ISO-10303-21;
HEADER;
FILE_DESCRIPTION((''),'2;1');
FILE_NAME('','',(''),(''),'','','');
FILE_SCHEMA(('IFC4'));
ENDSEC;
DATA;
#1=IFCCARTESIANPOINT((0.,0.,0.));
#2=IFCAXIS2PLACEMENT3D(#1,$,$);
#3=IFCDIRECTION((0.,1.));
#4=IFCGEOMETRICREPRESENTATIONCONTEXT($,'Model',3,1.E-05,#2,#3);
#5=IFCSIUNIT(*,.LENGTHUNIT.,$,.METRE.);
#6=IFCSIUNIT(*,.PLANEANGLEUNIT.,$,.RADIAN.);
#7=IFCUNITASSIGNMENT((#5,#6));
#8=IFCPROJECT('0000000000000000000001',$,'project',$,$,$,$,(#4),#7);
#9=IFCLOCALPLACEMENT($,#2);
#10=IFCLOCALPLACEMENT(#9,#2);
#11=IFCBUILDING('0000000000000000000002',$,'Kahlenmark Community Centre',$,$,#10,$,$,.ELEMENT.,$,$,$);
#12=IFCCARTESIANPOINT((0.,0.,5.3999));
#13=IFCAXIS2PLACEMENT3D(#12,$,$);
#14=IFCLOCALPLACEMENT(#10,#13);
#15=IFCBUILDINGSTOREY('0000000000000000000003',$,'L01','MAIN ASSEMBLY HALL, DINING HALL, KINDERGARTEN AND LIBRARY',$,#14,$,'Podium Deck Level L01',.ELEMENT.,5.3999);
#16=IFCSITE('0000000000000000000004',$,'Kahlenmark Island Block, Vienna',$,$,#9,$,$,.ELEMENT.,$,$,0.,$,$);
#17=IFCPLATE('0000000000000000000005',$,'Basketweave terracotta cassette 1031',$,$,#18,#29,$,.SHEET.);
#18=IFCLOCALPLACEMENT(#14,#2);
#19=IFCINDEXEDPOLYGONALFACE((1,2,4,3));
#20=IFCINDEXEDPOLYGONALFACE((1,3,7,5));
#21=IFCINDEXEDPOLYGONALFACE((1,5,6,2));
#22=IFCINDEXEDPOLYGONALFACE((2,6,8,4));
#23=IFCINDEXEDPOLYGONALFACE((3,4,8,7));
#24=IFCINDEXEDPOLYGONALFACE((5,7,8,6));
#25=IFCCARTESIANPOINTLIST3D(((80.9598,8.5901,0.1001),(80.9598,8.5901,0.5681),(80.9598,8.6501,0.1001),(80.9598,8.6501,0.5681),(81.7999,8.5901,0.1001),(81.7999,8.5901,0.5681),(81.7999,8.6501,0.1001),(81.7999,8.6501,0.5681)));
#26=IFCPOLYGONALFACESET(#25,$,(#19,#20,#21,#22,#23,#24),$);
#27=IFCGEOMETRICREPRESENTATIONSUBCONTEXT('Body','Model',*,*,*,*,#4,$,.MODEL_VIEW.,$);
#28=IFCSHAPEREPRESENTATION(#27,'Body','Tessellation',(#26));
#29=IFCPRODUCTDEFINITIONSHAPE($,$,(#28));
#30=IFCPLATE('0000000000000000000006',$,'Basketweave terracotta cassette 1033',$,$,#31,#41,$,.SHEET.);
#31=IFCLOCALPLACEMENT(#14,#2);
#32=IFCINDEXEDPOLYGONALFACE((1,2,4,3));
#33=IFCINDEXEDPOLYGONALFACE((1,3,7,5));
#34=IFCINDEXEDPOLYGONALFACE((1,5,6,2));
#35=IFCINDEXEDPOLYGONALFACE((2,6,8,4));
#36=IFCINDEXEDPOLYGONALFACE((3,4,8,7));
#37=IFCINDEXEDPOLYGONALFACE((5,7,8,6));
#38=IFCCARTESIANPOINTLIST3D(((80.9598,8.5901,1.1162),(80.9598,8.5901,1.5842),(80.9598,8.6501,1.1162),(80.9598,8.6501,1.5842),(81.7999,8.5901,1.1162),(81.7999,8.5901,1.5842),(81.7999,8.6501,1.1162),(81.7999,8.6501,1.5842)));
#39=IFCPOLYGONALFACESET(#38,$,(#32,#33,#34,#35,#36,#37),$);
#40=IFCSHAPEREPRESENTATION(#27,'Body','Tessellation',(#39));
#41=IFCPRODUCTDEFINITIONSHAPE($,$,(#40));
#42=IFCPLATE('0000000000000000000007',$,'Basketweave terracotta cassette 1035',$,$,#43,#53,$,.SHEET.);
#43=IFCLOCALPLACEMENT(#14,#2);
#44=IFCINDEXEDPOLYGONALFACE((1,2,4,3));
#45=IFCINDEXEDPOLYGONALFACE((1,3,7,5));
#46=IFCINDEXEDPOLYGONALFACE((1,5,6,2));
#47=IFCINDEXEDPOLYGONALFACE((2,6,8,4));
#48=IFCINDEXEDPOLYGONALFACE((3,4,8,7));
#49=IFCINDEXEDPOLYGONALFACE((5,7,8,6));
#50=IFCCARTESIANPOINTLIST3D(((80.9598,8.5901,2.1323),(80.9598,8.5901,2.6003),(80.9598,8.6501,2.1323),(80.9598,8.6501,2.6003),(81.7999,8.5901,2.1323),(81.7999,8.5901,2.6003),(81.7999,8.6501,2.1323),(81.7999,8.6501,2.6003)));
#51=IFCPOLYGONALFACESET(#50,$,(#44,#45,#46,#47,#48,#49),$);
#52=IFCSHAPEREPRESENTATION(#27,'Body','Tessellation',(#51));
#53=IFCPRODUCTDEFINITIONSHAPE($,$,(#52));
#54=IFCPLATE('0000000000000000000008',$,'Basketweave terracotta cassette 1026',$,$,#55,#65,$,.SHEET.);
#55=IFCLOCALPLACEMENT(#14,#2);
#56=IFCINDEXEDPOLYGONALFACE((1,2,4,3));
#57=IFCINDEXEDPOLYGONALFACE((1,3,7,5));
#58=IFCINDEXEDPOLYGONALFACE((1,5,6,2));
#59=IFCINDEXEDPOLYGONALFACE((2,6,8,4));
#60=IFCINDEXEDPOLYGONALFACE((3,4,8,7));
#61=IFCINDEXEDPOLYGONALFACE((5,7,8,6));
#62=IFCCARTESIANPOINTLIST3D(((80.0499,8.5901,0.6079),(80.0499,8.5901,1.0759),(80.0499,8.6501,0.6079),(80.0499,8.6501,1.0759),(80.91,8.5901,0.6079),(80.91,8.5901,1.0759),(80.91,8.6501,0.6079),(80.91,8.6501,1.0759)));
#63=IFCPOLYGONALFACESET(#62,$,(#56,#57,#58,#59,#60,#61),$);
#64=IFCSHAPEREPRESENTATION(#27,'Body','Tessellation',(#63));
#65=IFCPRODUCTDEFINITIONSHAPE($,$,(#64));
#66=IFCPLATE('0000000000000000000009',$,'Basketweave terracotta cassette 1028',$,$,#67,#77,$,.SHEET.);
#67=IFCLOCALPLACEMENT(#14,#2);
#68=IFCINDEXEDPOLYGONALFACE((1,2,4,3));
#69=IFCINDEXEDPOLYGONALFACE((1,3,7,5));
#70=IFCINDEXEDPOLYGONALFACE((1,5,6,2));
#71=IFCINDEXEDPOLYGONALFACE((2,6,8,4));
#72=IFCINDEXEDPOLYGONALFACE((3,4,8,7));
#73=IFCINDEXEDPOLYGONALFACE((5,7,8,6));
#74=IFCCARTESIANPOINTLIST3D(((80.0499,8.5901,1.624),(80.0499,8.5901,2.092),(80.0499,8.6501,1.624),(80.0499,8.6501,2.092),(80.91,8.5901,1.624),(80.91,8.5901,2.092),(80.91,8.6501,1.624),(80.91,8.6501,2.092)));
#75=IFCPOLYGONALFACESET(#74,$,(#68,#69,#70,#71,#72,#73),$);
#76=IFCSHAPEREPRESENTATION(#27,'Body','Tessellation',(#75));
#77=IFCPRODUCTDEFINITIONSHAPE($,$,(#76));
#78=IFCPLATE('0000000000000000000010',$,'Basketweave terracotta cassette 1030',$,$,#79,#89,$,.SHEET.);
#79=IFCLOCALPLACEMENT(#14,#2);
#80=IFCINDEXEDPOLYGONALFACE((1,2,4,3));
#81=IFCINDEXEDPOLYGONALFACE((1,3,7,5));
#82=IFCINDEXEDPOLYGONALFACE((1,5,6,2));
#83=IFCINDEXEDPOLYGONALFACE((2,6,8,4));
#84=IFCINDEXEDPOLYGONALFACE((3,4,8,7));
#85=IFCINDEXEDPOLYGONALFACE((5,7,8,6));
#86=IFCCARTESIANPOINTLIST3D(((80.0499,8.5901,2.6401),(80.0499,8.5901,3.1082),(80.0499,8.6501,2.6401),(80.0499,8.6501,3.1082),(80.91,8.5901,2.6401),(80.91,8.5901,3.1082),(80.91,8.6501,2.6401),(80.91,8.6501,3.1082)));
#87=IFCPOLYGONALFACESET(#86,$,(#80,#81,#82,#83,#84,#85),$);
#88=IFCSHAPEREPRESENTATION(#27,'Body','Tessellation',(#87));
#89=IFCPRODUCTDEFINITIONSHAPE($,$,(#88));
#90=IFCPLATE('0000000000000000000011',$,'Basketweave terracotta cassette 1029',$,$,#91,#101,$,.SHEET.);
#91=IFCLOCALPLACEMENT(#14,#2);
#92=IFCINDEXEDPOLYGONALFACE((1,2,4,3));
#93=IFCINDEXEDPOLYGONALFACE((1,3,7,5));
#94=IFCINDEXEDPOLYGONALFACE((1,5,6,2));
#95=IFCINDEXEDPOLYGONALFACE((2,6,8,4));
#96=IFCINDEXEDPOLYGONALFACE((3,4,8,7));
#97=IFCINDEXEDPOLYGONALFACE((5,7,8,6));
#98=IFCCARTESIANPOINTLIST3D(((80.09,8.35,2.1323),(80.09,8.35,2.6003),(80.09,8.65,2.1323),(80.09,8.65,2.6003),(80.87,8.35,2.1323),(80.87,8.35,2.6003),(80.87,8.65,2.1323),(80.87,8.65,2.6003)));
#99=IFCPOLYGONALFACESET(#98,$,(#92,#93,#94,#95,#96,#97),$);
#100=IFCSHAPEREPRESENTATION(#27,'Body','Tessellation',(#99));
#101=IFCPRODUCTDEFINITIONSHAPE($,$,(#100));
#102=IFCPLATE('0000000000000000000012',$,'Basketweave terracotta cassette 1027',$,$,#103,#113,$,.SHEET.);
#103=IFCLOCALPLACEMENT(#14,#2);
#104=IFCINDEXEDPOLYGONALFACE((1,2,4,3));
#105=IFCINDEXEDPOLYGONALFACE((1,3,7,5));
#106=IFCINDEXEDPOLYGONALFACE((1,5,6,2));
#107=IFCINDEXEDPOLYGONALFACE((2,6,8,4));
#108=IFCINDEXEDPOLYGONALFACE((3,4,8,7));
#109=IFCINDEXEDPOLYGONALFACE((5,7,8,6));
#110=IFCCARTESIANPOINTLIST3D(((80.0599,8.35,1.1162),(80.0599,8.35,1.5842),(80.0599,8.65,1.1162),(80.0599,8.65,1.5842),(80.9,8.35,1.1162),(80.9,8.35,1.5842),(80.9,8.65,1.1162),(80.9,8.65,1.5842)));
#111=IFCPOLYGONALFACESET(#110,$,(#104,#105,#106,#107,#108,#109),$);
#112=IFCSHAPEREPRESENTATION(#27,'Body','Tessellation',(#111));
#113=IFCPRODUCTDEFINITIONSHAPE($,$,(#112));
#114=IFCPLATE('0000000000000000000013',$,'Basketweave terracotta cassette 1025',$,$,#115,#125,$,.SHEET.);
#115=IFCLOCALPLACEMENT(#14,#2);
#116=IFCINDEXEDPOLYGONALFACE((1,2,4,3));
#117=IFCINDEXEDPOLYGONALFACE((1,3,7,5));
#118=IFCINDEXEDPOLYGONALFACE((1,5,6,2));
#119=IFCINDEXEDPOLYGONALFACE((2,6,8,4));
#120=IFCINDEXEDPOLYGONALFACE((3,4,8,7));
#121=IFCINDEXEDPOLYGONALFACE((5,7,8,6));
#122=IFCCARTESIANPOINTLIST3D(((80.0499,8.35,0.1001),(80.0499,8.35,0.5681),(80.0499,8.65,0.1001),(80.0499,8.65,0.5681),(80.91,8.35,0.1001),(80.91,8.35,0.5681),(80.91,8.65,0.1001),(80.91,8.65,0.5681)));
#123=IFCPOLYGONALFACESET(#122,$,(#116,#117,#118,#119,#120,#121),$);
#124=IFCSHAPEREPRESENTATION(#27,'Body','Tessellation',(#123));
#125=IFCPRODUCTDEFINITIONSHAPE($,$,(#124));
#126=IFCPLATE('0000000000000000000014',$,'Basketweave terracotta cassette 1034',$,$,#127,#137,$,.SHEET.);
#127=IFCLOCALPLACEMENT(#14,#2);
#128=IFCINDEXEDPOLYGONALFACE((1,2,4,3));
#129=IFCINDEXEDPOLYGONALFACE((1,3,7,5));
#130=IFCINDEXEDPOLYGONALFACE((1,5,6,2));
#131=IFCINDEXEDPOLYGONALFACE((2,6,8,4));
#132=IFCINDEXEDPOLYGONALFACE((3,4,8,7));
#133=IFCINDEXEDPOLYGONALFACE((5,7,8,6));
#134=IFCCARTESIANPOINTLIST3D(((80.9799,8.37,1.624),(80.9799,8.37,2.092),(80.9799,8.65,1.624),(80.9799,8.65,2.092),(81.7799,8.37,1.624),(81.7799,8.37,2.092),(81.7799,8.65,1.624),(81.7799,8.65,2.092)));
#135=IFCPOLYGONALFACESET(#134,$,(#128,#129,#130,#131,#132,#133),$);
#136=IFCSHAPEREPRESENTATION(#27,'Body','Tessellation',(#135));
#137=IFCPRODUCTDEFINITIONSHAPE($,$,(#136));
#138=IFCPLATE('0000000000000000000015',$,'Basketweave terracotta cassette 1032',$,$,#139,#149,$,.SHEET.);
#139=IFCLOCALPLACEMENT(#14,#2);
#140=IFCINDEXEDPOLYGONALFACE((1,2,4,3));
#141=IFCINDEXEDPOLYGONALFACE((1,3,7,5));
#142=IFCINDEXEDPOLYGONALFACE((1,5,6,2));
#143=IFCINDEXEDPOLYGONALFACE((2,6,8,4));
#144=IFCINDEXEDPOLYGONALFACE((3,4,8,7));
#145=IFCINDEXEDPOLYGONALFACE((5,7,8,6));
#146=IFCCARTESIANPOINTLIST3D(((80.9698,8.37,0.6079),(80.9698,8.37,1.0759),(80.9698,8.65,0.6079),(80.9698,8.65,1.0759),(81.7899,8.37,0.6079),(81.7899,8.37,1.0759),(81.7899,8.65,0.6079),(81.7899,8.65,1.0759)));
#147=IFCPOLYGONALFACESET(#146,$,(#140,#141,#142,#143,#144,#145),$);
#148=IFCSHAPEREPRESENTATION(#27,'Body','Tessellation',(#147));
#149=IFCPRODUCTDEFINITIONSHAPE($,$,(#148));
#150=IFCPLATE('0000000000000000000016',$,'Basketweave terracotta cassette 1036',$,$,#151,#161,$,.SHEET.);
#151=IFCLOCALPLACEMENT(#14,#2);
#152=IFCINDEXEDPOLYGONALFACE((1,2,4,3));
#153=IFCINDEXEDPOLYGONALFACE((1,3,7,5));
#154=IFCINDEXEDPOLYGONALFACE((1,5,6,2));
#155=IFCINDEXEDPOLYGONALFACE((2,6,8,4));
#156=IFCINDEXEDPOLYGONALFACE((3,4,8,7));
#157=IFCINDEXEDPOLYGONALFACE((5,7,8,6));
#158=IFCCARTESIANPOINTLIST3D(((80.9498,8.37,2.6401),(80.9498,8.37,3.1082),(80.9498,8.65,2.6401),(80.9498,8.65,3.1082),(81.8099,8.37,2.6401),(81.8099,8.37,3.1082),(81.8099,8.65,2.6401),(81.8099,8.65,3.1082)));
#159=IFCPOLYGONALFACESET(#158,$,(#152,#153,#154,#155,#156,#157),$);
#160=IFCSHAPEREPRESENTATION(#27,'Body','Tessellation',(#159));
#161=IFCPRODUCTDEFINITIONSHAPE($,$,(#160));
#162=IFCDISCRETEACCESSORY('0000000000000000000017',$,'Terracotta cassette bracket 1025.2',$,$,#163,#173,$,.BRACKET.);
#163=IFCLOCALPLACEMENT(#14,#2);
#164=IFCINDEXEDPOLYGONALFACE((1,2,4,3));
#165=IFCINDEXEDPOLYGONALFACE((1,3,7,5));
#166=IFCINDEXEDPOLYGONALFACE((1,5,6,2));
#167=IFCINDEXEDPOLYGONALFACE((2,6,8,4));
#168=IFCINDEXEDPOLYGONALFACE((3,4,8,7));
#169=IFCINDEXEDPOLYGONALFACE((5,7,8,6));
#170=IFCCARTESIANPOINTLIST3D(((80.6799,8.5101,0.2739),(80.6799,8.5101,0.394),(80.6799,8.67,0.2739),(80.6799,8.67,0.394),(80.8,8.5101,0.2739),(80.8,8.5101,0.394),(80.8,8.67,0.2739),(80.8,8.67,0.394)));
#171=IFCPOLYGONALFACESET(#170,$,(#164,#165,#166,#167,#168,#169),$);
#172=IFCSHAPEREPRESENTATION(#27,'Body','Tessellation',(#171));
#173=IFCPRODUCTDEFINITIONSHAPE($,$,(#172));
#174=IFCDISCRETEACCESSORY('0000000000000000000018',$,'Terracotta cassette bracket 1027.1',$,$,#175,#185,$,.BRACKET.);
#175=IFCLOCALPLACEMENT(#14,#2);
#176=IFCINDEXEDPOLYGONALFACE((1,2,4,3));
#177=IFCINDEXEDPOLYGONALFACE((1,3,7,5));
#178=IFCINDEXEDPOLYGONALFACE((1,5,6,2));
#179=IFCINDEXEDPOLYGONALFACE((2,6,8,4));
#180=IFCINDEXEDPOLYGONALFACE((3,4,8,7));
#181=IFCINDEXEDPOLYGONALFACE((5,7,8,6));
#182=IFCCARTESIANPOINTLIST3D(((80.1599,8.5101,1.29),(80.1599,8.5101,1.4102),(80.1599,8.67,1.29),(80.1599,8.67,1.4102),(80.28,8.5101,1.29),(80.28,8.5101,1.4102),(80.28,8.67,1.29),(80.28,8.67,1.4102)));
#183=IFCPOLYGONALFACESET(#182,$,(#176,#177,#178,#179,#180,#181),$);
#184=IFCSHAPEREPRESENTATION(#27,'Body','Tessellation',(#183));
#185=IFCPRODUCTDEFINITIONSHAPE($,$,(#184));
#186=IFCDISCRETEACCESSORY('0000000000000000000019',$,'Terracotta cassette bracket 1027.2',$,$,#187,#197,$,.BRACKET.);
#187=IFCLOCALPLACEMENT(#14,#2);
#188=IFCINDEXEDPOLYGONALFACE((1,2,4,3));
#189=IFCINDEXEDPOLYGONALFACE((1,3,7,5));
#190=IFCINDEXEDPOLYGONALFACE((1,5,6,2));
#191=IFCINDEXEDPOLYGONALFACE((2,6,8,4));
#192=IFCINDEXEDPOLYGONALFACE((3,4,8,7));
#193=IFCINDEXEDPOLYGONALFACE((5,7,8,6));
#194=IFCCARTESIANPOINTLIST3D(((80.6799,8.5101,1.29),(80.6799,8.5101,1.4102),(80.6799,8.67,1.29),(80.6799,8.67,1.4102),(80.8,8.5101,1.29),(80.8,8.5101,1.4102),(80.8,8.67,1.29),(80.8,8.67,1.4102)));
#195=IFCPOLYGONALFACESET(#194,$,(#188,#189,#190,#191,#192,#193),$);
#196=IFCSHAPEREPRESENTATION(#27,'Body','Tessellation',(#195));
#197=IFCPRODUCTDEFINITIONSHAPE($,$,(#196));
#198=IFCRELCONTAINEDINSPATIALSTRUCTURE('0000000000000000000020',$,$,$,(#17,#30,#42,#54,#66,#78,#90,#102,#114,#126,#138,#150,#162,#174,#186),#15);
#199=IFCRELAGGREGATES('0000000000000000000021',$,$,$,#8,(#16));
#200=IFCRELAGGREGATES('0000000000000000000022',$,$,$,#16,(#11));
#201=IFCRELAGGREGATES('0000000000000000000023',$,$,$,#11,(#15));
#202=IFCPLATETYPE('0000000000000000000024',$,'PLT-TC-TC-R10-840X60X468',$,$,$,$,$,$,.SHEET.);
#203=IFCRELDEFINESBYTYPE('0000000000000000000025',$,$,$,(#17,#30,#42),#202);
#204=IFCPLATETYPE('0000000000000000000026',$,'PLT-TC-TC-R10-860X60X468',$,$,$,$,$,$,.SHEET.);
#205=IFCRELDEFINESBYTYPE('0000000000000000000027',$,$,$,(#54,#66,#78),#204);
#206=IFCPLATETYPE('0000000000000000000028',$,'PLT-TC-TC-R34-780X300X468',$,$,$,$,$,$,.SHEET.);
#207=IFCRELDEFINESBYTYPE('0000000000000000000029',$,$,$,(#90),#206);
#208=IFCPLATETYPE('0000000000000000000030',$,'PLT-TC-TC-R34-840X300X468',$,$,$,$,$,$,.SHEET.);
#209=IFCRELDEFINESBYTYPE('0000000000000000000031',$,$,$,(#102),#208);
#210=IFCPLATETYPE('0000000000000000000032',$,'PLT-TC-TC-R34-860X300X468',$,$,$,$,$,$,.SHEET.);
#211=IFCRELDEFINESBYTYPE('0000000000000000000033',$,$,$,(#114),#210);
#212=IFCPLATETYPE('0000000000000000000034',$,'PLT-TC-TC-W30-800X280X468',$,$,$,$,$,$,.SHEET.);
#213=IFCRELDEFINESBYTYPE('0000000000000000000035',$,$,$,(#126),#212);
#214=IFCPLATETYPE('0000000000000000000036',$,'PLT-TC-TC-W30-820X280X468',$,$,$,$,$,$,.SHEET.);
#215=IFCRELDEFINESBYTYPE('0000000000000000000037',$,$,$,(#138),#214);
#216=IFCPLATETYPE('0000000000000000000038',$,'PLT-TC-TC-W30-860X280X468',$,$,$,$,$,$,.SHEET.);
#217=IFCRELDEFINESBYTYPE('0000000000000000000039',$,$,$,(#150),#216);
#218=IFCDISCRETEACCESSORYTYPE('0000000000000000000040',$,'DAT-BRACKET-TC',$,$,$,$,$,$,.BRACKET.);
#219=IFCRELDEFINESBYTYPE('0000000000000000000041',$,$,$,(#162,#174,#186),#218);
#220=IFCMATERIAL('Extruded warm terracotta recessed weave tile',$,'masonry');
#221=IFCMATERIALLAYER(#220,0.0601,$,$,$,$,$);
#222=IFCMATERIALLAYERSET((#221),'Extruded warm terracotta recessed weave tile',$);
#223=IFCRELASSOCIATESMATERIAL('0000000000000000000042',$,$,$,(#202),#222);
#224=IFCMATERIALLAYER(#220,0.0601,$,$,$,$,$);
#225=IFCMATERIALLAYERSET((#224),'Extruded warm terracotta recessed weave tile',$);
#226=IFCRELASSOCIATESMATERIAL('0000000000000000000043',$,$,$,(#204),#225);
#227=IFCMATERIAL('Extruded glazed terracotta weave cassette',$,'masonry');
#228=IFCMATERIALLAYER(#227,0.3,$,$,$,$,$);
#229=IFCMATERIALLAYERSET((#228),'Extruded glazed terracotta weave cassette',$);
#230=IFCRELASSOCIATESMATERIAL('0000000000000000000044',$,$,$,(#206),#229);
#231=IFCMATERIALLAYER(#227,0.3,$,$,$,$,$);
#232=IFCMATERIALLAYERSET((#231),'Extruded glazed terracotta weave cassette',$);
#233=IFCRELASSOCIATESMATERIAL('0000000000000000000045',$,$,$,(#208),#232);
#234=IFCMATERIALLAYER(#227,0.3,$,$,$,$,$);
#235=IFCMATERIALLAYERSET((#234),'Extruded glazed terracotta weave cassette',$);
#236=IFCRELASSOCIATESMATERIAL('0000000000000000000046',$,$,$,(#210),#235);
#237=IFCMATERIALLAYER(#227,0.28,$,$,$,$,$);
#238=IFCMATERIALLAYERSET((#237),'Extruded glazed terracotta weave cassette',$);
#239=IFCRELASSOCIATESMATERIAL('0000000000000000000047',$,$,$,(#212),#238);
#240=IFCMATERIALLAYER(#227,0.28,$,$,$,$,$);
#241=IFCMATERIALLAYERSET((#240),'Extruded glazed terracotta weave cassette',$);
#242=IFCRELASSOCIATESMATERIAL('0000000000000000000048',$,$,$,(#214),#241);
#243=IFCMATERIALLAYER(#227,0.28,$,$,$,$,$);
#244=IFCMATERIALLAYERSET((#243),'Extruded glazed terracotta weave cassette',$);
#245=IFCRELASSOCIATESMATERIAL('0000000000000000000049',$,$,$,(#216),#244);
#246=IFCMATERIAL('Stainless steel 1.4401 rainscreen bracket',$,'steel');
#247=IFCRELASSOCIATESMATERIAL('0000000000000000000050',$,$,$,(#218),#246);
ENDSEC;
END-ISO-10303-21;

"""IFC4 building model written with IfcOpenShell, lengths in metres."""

from ifc_helpers import new_model, si_unit, direction, frame, origin, origin_2d, place, context, subcontext, project, spatial, rectangle, extrude, material, layer, layer_set, type_object, element, save


model = new_model("IFC4")

# Units and contexts
model_context = context("Model", 3, precision=1e-05, world=origin(), true_north=direction((0.0, 1.0)))
body_context = subcontext(model_context, "Body", "Model", "MODEL_VIEW")
ifc_project = project(units=[si_unit("LENGTHUNIT", "METRE"), si_unit("PLANEANGLEUNIT", "RADIAN")], contexts=[model_context])

# Site, building, storey
site_placement = place(None, origin())
site = spatial("IfcSite", under=ifc_project, at=site_placement, Name="Kahlenmark Island Block, Vienna", CompositionType="ELEMENT", RefElevation=0.0)
building_placement = place(site_placement, origin())
building = spatial("IfcBuilding", under=site, at=building_placement, Name="Kahlenmark Community Centre", CompositionType="ELEMENT")
storey_placement = place(building_placement, frame((0.0, 0.0, 5.3999)))
storey = spatial("IfcBuildingStorey", under=building, at=storey_placement, Name="L01", Description="MAIN ASSEMBLY HALL, DINING HALL, KINDERGARTEN AND LIBRARY", LongName="Podium Deck Level L01", CompositionType="ELEMENT", Elevation=5.3999)

# Plates
ifc_material_1 = material(Name="Extruded warm terracotta recessed weave tile", Category="masonry")
ifc_layer_1 = layer(ifc_material_1, 0.0601)
ifc_layer_set_1 = layer_set([ifc_layer_1], Name="Extruded warm terracotta recessed weave tile")
plate_type_1 = type_object("IfcPlateType", Name="PLT-TC-TC-R10-840X60X468", PredefinedType="SHEET", material=ifc_layer_set_1)
for number, where, z_axis, x_axis, name in (
    (1, (81.3799, 8.6201, 0.1001), (0.0, 0.0, 1.0), (1.0, 0.0, 0.0), "Basketweave terracotta cassette 1031"),
    (2, (81.3799, 8.6201, 1.1162), (0.0, 0.0, 1.0), (1.0, 0.0, 0.0), "Basketweave terracotta cassette 1033"),
    (3, (81.3799, 8.6201, 2.1323), (0.0, 0.0, 1.0), (1.0, 0.0, 0.0), "Basketweave terracotta cassette 1035"),
):
    element("IfcPlate", number, at=place(storey_placement, frame(where, z_axis=z_axis, x_axis=x_axis)), inside=storey, type_object=plate_type_1, Name=name, PredefinedType="SHEET", context=body_context, shape_type="SweptSolid", body=[
        extrude(rectangle(XDim=0.8401, YDim=0.0601, at=origin_2d()), origin(), (0.0, 0.0, 1.0), 0.468),
    ])
ifc_layer_2 = layer(ifc_material_1, 0.0601)
ifc_layer_set_2 = layer_set([ifc_layer_2], Name="Extruded warm terracotta recessed weave tile")
plate_type_2 = type_object("IfcPlateType", Name="PLT-TC-TC-R10-860X60X468", PredefinedType="SHEET", material=ifc_layer_set_2)
for number, where, z_axis, x_axis, name in (
    (4, (80.48, 8.6201, 0.6079), (0.0, 0.0, 1.0), (1.0, 0.0, 0.0), "Basketweave terracotta cassette 1026"),
    (5, (80.48, 8.6201, 1.624), (0.0, 0.0, 1.0), (1.0, 0.0, 0.0), "Basketweave terracotta cassette 1028"),
    (6, (80.48, 8.6201, 2.6401), (0.0, 0.0, 1.0), (1.0, 0.0, 0.0), "Basketweave terracotta cassette 1030"),
):
    element("IfcPlate", number, at=place(storey_placement, frame(where, z_axis=z_axis, x_axis=x_axis)), inside=storey, type_object=plate_type_2, Name=name, PredefinedType="SHEET", context=body_context, shape_type="SweptSolid", body=[
        extrude(rectangle(XDim=0.8601, YDim=0.0601, at=origin_2d()), origin(), (0.0, 0.0, 1.0), 0.468),
    ])
ifc_material_2 = material(Name="Extruded glazed terracotta weave cassette", Category="masonry")
ifc_layer_3 = layer(ifc_material_2, 0.3)
ifc_layer_set_3 = layer_set([ifc_layer_3], Name="Extruded glazed terracotta weave cassette")
plate_type_3 = type_object("IfcPlateType", Name="PLT-TC-TC-R34-780X300X468", PredefinedType="SHEET", material=ifc_layer_set_3)
plate_1_placement = place(storey_placement, frame((80.48, 8.5, 2.1323), z_axis=(0.0, 0.0, 1.0), x_axis=(1.0, 0.0, 0.0)))
element("IfcPlate", 7, at=plate_1_placement, inside=storey, type_object=plate_type_3, Name="Basketweave terracotta cassette 1029", PredefinedType="SHEET", context=body_context, shape_type="SweptSolid", body=[
    extrude(rectangle(XDim=0.78, YDim=0.3, at=origin_2d()), origin(), (0.0, 0.0, 1.0), 0.468),
])
ifc_layer_4 = layer(ifc_material_2, 0.3)
ifc_layer_set_4 = layer_set([ifc_layer_4], Name="Extruded glazed terracotta weave cassette")
plate_type_4 = type_object("IfcPlateType", Name="PLT-TC-TC-R34-840X300X468", PredefinedType="SHEET", material=ifc_layer_set_4)
plate_2_placement = place(storey_placement, frame((80.48, 8.5, 1.1162), z_axis=(0.0, 0.0, 1.0), x_axis=(1.0, 0.0, 0.0)))
element("IfcPlate", 8, at=plate_2_placement, inside=storey, type_object=plate_type_4, Name="Basketweave terracotta cassette 1027", PredefinedType="SHEET", context=body_context, shape_type="SweptSolid", body=[
    extrude(rectangle(XDim=0.8401, YDim=0.3, at=origin_2d()), origin(), (0.0, 0.0, 1.0), 0.468),
])
ifc_layer_5 = layer(ifc_material_2, 0.3)
ifc_layer_set_5 = layer_set([ifc_layer_5], Name="Extruded glazed terracotta weave cassette")
plate_type_5 = type_object("IfcPlateType", Name="PLT-TC-TC-R34-860X300X468", PredefinedType="SHEET", material=ifc_layer_set_5)
plate_3_placement = place(storey_placement, frame((80.48, 8.5, 0.1001), z_axis=(0.0, 0.0, 1.0), x_axis=(1.0, 0.0, 0.0)))
element("IfcPlate", 9, at=plate_3_placement, inside=storey, type_object=plate_type_5, Name="Basketweave terracotta cassette 1025", PredefinedType="SHEET", context=body_context, shape_type="SweptSolid", body=[
    extrude(rectangle(XDim=0.8601, YDim=0.3, at=origin_2d()), origin(), (0.0, 0.0, 1.0), 0.468),
])
ifc_layer_6 = layer(ifc_material_2, 0.28)
ifc_layer_set_6 = layer_set([ifc_layer_6], Name="Extruded glazed terracotta weave cassette")
plate_type_6 = type_object("IfcPlateType", Name="PLT-TC-TC-W30-800X280X468", PredefinedType="SHEET", material=ifc_layer_set_6)
plate_4_placement = place(storey_placement, frame((81.3799, 8.51, 1.624), z_axis=(0.0, 0.0, 1.0), x_axis=(1.0, 0.0, 0.0)))
element("IfcPlate", 10, at=plate_4_placement, inside=storey, type_object=plate_type_6, Name="Basketweave terracotta cassette 1034", PredefinedType="SHEET", context=body_context, shape_type="SweptSolid", body=[
    extrude(rectangle(XDim=0.8, YDim=0.28, at=origin_2d()), origin(), (0.0, 0.0, 1.0), 0.468),
])
ifc_layer_7 = layer(ifc_material_2, 0.28)
ifc_layer_set_7 = layer_set([ifc_layer_7], Name="Extruded glazed terracotta weave cassette")
plate_type_7 = type_object("IfcPlateType", Name="PLT-TC-TC-W30-820X280X468", PredefinedType="SHEET", material=ifc_layer_set_7)
plate_5_placement = place(storey_placement, frame((81.3799, 8.51, 0.6079), z_axis=(0.0, 0.0, 1.0), x_axis=(1.0, 0.0, 0.0)))
element("IfcPlate", 11, at=plate_5_placement, inside=storey, type_object=plate_type_7, Name="Basketweave terracotta cassette 1032", PredefinedType="SHEET", context=body_context, shape_type="SweptSolid", body=[
    extrude(rectangle(XDim=0.8201, YDim=0.28, at=origin_2d()), origin(), (0.0, 0.0, 1.0), 0.468),
])
ifc_layer_8 = layer(ifc_material_2, 0.28)
ifc_layer_set_8 = layer_set([ifc_layer_8], Name="Extruded glazed terracotta weave cassette")
plate_type_8 = type_object("IfcPlateType", Name="PLT-TC-TC-W30-860X280X468", PredefinedType="SHEET", material=ifc_layer_set_8)
plate_6_placement = place(storey_placement, frame((81.3799, 8.51, 2.6401), z_axis=(0.0, 0.0, 1.0), x_axis=(1.0, 0.0, 0.0)))
element("IfcPlate", 12, at=plate_6_placement, inside=storey, type_object=plate_type_8, Name="Basketweave terracotta cassette 1036", PredefinedType="SHEET", context=body_context, shape_type="SweptSolid", body=[
    extrude(rectangle(XDim=0.8601, YDim=0.28, at=origin_2d()), origin(), (0.0, 0.0, 1.0), 0.468),
])

# Discrete accessories
ifc_material_3 = material(Name="Stainless steel 1.4401 rainscreen bracket", Category="steel")
discrete_accessory_type = type_object("IfcDiscreteAccessoryType", Name="DAT-BRACKET-TC", PredefinedType="BRACKET", material=ifc_material_3)
for number, where, z_axis, x_axis, name in (
    (13, (80.74, 8.5901, 0.2739), (0.0, 0.0, 1.0), (1.0, 0.0, 0.0), "Terracotta cassette bracket 1025.2"),
    (14, (80.22, 8.5901, 1.29), (0.0, 0.0, 1.0), (1.0, 0.0, 0.0), "Terracotta cassette bracket 1027.1"),
    (15, (80.74, 8.5901, 1.29), (0.0, 0.0, 1.0), (1.0, 0.0, 0.0), "Terracotta cassette bracket 1027.2"),
):
    element("IfcDiscreteAccessory", number, at=place(storey_placement, frame(where, z_axis=z_axis, x_axis=x_axis)), inside=storey, type_object=discrete_accessory_type, Name=name, PredefinedType="BRACKET", context=body_context, shape_type="SweptSolid", body=[
        extrude(rectangle(XDim=0.1201, YDim=0.1599, at=origin_2d()), origin(), (0.0, 0.0, 1.0), 0.1201),
    ])

save(model, "model.ifc")
